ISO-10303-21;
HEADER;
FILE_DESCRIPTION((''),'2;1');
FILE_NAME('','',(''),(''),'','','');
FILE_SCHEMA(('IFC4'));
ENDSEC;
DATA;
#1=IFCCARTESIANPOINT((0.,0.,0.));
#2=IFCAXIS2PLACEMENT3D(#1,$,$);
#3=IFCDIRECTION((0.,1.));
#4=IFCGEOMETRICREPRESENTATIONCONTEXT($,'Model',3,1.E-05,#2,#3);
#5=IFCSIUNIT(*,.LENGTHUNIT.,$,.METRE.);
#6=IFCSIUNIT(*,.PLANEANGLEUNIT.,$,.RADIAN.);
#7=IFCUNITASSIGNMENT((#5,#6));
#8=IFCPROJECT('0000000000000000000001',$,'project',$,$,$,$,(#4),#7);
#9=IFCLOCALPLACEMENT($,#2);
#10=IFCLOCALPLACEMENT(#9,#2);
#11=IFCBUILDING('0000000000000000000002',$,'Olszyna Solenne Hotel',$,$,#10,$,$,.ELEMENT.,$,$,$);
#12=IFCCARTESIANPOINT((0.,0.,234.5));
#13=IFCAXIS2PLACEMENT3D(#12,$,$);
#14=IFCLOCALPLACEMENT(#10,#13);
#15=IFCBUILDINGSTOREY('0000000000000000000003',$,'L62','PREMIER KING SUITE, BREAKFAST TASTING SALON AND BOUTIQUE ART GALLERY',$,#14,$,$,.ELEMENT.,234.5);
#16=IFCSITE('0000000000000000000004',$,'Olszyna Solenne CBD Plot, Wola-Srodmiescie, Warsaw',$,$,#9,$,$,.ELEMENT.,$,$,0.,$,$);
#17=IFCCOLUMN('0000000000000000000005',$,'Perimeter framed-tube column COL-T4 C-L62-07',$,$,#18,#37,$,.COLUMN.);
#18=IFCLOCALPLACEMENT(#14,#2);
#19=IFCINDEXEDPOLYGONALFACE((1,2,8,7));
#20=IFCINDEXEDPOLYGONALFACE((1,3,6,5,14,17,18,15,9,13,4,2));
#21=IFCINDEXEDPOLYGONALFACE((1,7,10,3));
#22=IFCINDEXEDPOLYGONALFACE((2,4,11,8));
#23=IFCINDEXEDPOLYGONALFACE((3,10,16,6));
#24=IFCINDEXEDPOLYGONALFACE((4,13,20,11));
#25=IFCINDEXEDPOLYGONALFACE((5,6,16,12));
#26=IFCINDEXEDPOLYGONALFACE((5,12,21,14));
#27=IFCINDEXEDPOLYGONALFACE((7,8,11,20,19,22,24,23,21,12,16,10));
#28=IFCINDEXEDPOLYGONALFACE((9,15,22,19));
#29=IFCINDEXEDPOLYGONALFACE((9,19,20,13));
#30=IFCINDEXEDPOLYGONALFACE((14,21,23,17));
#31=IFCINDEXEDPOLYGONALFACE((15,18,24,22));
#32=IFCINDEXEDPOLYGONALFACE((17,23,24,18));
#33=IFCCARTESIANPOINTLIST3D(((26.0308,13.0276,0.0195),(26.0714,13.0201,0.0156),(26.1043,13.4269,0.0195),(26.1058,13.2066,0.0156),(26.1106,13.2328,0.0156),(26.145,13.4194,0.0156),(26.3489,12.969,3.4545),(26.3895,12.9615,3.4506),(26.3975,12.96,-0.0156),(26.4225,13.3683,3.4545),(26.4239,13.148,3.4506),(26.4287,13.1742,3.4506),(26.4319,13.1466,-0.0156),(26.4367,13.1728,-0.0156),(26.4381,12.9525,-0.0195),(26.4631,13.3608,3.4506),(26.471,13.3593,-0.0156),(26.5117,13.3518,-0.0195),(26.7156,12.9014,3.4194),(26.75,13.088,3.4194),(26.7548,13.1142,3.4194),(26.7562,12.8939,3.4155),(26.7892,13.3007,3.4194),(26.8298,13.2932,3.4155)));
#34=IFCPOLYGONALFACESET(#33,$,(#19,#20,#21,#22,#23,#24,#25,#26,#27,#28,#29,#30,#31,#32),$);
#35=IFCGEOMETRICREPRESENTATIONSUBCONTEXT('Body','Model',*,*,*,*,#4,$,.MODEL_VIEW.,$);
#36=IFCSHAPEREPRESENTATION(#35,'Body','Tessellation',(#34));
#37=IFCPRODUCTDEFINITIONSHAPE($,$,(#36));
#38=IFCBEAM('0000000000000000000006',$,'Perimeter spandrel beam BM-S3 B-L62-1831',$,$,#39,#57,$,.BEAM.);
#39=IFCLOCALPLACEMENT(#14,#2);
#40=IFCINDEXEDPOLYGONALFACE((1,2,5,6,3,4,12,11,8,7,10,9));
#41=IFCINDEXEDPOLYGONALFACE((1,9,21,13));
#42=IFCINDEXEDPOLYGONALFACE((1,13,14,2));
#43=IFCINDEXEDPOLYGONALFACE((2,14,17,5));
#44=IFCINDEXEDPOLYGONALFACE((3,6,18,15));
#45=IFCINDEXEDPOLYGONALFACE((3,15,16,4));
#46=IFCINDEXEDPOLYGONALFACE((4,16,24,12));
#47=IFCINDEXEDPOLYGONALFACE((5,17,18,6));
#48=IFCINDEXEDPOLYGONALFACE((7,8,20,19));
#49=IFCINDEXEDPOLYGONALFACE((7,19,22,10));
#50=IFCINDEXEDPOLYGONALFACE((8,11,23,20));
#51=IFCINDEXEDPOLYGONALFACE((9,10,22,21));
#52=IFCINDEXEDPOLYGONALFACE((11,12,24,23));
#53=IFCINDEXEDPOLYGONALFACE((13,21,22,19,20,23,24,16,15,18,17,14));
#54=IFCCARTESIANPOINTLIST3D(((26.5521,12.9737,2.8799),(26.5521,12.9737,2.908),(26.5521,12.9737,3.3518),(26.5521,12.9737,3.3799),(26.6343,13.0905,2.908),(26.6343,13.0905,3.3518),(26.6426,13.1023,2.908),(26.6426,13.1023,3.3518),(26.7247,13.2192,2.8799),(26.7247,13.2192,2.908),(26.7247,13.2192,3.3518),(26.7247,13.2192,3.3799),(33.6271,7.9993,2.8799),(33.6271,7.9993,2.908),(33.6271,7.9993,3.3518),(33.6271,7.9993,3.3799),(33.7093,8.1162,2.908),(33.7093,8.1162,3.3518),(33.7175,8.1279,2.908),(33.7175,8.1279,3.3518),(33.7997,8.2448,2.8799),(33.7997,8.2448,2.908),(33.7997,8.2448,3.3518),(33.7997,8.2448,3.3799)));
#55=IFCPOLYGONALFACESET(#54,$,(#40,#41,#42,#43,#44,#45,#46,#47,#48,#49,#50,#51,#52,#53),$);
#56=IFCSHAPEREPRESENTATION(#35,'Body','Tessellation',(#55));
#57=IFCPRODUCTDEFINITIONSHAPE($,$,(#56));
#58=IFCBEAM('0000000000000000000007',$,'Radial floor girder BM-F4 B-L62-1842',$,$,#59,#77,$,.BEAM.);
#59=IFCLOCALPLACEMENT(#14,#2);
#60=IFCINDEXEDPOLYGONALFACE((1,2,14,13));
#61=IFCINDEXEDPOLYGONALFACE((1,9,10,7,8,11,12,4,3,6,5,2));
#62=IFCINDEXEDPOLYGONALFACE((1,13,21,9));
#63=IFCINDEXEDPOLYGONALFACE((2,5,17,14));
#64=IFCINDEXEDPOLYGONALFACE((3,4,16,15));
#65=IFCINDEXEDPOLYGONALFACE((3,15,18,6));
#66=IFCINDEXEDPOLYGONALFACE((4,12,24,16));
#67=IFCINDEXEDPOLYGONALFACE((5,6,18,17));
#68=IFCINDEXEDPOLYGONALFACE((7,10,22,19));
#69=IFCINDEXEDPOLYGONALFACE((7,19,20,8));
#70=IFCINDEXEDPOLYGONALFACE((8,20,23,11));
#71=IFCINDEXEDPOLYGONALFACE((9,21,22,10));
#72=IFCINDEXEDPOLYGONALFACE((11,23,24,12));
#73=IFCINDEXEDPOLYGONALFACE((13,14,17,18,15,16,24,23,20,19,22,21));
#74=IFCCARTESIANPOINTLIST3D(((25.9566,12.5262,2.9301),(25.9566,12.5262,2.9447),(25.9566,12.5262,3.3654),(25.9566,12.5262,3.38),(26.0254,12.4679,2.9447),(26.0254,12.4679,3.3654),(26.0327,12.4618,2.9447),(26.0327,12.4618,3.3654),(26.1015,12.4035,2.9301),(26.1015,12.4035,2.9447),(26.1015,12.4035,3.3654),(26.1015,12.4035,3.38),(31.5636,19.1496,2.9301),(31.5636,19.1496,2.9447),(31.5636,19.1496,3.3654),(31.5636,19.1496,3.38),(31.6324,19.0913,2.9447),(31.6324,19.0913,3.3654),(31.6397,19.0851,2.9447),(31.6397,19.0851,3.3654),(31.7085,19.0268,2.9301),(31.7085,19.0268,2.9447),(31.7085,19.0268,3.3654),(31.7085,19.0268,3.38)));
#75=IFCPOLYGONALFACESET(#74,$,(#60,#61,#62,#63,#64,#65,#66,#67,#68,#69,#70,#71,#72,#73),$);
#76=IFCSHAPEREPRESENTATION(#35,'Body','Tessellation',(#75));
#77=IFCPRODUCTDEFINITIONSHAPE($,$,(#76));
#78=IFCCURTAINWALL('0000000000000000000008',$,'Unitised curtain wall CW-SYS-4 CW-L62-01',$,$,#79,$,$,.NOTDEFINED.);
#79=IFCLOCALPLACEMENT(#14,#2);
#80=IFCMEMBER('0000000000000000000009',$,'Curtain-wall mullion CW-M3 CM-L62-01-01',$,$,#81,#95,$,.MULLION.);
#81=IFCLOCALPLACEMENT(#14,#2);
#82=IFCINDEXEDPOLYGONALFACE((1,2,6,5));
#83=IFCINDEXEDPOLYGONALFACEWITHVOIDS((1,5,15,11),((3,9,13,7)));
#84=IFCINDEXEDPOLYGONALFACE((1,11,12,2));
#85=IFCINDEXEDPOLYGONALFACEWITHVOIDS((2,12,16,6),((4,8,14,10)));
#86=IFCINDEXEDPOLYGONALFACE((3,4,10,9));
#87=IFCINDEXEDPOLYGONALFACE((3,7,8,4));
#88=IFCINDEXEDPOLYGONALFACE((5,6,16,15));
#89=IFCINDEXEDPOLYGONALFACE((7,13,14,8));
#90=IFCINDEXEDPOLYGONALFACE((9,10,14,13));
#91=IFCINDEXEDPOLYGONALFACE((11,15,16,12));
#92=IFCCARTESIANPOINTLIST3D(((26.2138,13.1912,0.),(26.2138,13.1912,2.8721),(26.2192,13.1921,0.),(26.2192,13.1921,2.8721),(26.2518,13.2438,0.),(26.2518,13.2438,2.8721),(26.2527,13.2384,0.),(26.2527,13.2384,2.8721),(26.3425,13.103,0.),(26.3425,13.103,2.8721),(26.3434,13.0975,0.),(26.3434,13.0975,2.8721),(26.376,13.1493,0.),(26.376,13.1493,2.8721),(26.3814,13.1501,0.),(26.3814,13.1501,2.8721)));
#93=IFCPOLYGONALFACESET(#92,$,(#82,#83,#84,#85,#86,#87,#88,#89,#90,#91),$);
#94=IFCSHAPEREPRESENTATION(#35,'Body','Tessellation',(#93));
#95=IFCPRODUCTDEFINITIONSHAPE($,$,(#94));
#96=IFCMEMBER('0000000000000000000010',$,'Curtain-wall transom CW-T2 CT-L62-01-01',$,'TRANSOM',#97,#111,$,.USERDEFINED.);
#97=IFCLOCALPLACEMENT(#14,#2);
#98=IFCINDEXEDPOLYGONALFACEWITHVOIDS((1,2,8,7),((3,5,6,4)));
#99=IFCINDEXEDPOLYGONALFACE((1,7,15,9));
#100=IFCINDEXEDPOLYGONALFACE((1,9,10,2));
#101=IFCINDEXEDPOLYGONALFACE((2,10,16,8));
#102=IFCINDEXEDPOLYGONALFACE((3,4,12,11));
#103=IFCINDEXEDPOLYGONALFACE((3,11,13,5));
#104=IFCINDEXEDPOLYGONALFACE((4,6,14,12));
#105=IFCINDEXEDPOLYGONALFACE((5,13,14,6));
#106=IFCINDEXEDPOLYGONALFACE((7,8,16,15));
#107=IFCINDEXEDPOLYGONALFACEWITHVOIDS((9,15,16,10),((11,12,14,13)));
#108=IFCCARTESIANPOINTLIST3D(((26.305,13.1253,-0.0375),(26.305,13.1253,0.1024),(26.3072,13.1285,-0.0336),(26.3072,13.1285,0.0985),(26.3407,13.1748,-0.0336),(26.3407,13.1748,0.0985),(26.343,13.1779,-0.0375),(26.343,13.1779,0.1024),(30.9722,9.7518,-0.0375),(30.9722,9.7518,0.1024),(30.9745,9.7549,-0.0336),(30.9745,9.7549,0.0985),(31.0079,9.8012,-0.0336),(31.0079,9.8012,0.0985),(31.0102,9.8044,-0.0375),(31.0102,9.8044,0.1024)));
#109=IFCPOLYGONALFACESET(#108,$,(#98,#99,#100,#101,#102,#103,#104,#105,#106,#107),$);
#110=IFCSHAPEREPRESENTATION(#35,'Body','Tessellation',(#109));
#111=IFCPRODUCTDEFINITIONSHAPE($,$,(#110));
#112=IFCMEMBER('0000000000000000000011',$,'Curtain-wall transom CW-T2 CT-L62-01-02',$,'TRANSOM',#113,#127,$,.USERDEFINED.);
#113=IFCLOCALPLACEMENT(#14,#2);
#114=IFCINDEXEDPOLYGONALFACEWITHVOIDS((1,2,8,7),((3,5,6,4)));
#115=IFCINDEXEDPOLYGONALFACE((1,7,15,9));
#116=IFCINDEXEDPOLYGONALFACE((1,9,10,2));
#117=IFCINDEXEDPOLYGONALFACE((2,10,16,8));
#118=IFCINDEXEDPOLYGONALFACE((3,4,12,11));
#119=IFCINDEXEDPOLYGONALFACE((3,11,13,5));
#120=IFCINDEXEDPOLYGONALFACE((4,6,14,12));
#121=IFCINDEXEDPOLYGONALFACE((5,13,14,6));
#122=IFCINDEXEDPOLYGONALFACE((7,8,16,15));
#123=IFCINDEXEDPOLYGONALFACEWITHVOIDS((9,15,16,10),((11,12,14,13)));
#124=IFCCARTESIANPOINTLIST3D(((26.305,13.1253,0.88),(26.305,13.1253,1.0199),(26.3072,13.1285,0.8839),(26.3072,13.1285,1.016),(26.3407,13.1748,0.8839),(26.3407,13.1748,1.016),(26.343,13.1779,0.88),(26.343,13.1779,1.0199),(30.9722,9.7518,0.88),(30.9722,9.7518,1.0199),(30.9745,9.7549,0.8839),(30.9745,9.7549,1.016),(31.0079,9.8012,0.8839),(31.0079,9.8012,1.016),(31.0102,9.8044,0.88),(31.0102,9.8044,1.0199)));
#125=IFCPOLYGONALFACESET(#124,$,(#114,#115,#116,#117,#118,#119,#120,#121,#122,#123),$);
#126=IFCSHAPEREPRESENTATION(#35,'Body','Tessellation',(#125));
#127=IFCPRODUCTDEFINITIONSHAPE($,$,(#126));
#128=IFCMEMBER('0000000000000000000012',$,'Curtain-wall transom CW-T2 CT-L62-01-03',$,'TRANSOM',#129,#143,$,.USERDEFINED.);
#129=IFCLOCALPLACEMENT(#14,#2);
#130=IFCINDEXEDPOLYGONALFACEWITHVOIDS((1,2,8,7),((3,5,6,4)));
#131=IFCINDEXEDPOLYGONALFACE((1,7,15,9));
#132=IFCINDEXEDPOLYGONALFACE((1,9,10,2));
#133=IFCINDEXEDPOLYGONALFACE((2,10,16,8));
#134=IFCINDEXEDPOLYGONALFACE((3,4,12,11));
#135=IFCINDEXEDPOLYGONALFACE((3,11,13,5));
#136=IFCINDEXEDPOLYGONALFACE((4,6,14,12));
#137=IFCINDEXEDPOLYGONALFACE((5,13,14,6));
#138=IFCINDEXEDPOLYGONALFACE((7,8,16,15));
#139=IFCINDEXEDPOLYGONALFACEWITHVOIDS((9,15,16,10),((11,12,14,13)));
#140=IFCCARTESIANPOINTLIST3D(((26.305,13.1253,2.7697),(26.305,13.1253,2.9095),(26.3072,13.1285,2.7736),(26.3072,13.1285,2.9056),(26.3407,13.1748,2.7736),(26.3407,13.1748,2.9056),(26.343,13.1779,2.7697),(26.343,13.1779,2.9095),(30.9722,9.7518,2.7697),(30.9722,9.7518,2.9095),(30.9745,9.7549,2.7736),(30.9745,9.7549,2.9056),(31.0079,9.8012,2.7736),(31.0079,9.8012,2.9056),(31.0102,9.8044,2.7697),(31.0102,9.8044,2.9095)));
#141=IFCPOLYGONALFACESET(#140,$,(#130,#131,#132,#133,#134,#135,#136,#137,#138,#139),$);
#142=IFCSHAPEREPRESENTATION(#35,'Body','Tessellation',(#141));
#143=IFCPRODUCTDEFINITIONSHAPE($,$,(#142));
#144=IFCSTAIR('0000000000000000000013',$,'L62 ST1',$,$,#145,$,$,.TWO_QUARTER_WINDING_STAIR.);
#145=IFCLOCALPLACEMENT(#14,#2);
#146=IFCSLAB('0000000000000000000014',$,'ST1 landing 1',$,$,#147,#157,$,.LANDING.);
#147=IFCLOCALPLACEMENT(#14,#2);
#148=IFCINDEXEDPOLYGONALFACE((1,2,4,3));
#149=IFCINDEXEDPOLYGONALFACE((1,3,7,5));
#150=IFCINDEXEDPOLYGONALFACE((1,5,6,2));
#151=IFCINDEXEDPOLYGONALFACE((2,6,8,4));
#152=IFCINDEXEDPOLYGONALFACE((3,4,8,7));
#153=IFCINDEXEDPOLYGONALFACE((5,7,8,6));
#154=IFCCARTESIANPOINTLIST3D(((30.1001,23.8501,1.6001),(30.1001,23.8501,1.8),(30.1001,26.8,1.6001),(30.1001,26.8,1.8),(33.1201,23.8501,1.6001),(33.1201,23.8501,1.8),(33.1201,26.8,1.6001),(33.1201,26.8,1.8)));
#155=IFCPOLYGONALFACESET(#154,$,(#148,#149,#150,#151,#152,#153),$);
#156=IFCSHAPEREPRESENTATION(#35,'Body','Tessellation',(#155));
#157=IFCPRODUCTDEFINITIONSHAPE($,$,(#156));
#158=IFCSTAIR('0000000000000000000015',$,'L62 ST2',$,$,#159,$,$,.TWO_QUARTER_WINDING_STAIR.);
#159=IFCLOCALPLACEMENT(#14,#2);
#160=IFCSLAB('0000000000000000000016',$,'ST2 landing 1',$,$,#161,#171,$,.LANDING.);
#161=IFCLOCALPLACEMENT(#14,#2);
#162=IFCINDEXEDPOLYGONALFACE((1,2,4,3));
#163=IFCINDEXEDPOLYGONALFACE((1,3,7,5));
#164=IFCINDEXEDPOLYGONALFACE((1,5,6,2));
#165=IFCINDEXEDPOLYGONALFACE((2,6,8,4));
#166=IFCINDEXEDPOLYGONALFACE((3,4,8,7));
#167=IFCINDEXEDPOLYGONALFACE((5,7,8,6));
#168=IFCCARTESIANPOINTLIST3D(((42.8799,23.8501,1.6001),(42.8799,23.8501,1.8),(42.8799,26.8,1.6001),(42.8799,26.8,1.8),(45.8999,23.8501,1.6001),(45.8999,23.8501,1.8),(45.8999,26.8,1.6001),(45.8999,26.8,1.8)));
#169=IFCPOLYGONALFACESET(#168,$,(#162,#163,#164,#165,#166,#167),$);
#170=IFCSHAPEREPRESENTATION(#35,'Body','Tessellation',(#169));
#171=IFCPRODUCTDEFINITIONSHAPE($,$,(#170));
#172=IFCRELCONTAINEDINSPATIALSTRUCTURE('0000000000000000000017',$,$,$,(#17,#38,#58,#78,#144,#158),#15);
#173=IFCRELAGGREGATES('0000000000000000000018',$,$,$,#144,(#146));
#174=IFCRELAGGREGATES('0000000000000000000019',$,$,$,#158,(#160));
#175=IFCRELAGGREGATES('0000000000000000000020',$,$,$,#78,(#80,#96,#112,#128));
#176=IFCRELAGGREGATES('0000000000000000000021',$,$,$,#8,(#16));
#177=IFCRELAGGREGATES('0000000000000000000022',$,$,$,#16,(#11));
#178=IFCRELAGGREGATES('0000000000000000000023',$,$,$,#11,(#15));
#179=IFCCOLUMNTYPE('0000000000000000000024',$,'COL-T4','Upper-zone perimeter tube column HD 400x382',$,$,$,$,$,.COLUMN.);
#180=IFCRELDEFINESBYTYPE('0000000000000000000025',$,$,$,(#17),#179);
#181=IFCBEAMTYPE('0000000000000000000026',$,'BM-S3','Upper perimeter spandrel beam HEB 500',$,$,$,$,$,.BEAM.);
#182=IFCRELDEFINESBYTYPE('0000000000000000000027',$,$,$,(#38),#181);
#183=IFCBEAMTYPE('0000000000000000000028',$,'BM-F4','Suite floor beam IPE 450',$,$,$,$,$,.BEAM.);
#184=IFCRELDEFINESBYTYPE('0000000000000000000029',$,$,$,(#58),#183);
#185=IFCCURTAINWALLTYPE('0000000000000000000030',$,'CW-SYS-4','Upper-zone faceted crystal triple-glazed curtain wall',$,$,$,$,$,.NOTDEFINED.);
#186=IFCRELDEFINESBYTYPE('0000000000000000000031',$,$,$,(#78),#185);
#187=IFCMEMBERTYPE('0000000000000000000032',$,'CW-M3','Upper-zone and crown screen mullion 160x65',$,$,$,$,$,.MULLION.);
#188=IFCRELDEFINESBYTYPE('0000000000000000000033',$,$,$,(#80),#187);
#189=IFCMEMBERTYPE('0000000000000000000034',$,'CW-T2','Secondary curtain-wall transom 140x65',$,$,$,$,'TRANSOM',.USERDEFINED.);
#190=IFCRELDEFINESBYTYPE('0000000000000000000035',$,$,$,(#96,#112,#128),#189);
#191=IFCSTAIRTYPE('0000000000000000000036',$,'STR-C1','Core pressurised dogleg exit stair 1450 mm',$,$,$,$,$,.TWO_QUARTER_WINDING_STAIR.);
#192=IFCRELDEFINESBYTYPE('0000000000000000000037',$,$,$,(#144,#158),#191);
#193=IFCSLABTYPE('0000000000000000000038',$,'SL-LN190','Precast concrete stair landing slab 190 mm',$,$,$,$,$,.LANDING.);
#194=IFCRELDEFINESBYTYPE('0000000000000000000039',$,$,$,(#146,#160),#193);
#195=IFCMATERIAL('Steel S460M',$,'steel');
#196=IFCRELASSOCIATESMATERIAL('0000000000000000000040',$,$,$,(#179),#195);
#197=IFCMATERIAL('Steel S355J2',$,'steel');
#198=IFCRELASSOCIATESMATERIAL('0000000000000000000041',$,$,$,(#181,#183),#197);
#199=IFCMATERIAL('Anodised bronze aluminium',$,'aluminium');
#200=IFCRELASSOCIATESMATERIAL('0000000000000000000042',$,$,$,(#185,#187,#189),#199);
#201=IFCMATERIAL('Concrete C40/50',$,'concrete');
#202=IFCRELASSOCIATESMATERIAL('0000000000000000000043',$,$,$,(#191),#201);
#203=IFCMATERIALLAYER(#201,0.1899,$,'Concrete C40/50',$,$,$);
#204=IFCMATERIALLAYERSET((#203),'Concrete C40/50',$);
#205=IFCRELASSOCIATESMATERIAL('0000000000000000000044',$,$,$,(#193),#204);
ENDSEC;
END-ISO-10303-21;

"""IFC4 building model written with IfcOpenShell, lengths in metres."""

from ifc_helpers import new_model, si_unit, direction, frame, origin, origin_2d, place, context, subcontext, project, spatial, polyline, hollow_rectangle, i_section, outline, extrude, source, transform, mapped, material, layer, layer_set, material_profile, profile_set, type_object, element, aggregate, save


model = new_model("IFC4")

# Units and contexts
model_context = context("Model", 3, precision=1e-05, world=origin(), true_north=direction((0.0, 1.0)))
body_context = subcontext(model_context, "Body", "Model", "MODEL_VIEW")
ifc_project = project(units=[si_unit("LENGTHUNIT", "METRE"), si_unit("PLANEANGLEUNIT", "RADIAN")], contexts=[model_context])

# Site, building, storey
site_placement = place(None, origin())
site = spatial("IfcSite", under=ifc_project, at=site_placement, Name="Olszyna Solenne CBD Plot, Wola-Srodmiescie, Warsaw", CompositionType="ELEMENT", RefElevation=0.0)
building_placement = place(site_placement, origin())
building = spatial("IfcBuilding", under=site, at=building_placement, Name="Olszyna Solenne Hotel", CompositionType="ELEMENT")
storey_placement = place(building_placement, frame((0.0, 0.0, 234.5)))
storey = spatial("IfcBuildingStorey", under=building, at=storey_placement, Name="L62", Description="PREMIER KING SUITE, BREAKFAST TASTING SALON AND BOUTIQUE ART GALLERY", CompositionType="ELEMENT", Elevation=234.5)

# Column
ifc_material_1 = material(Name="Steel S460M", Category="steel")
ifc_material_profile_1 = material_profile(ifc_material_1, i_section(OverallWidth=0.406, OverallDepth=0.416, WebThickness=0.0266, FlangeThickness=0.0415, at=origin_2d()), Name="HD 400x382", Category="load-bearing")
ifc_profile_set_1 = profile_set([ifc_material_profile_1], Name="Steel S460M")
column_type = type_object("IfcColumnType", Name="COL-T4", Description="Upper-zone perimeter tube column HD 400x382", PredefinedType="COLUMN", material=ifc_profile_set_1)
shared_shape_1 = source(origin(), body_context, "Body", "SweptSolid", [
    extrude(i_section(OverallWidth=0.406, OverallDepth=0.416, WebThickness=0.0266, FlangeThickness=0.0415, at=origin_2d()), origin(), (0.0, 0.0, 1.0), 3.4502),
])
column_placement = place(storey_placement, frame((26.2712, 13.1897, 0.0), z_axis=(0.092201, -0.016982, 0.995596), x_axis=(0.181143, 0.983457, 0.0)))
element("IfcColumn", 1, at=column_placement, inside=storey, type_object=column_type, Name="Perimeter framed-tube column COL-T4 C-L62-07", PredefinedType="COLUMN", context=body_context, shape_type="MappedRepresentation", body=[
    mapped(shared_shape_1, transform((0.0, 0.0, 0.0), x_axis=(1.0, 0.0, 0.0), y_axis=(0.0, 1.0, 0.0), z_axis=(0.0, 0.0, 1.0), scale=1.0)),
])

# Beams
ifc_material_2 = material(Name="Steel S355J2", Category="steel")
ifc_material_profile_2 = material_profile(ifc_material_2, i_section(OverallWidth=0.3, OverallDepth=0.5, WebThickness=0.0144, FlangeThickness=0.0281, at=origin_2d()), Name="HEB 500", Category="load-bearing")
ifc_profile_set_2 = profile_set([ifc_material_profile_2], Name="Steel S355J2")
beam_type_1 = type_object("IfcBeamType", Name="BM-S3", Description="Upper perimeter spandrel beam HEB 500", PredefinedType="BEAM", material=ifc_profile_set_2)
shared_shape_2 = source(origin(), body_context, "Body", "SweptSolid", [
    extrude(i_section(OverallWidth=0.3, OverallDepth=0.5, WebThickness=0.0144, FlangeThickness=0.0281, at=origin_2d()), origin(), (0.0, 0.0, 1.0), 8.6487),
])
beam_1_placement = place(storey_placement, frame((26.6384, 13.0964, 3.1299), z_axis=(0.818041, -0.575161, 0.0), x_axis=(0.575161, 0.818041, 0.0)))
element("IfcBeam", 2, at=beam_1_placement, inside=storey, type_object=beam_type_1, Name="Perimeter spandrel beam BM-S3 B-L62-1831", PredefinedType="BEAM", context=body_context, shape_type="MappedRepresentation", body=[
    mapped(shared_shape_2, transform((0.0, 0.0, 0.0), x_axis=(1.0, 0.0, 0.0), y_axis=(0.0, 1.0, 0.0), z_axis=(0.0, 0.0, 1.0), scale=1.0)),
])
ifc_material_profile_3 = material_profile(ifc_material_2, i_section(OverallWidth=0.1899, OverallDepth=0.45, WebThickness=0.0095, FlangeThickness=0.0146, at=origin_2d()), Name="IPE 450", Category="load-bearing")
ifc_profile_set_3 = profile_set([ifc_material_profile_3], Name="Steel S355J2")
beam_type_2 = type_object("IfcBeamType", Name="BM-F4", Description="Suite floor beam IPE 450", PredefinedType="BEAM", material=ifc_profile_set_3)
shared_shape_3 = source(origin(), body_context, "Body", "SweptSolid", [
    extrude(i_section(OverallWidth=0.1899, OverallDepth=0.45, WebThickness=0.0095, FlangeThickness=0.0146, at=origin_2d()), origin(), (0.0, 0.0, 1.0), 8.678),
])
beam_2_placement = place(storey_placement, frame((26.0291, 12.4648, 3.155), z_axis=(0.646118, 0.763238, 0.0), x_axis=(-0.763238, 0.646118, 0.0)))
element("IfcBeam", 3, at=beam_2_placement, inside=storey, type_object=beam_type_2, Name="Radial floor girder BM-F4 B-L62-1842", PredefinedType="BEAM", context=body_context, shape_type="MappedRepresentation", body=[
    mapped(shared_shape_3, transform((0.0, 0.0, 0.0), x_axis=(1.0, 0.0, 0.0), y_axis=(0.0, 1.0, 0.0), z_axis=(0.0, 0.0, 1.0), scale=1.0)),
])

# Curtain wall, members
ifc_material_3 = material(Name="Anodised bronze aluminium", Category="aluminium")
curtain_wall_type = type_object("IfcCurtainWallType", Name="CW-SYS-4", Description="Upper-zone faceted crystal triple-glazed curtain wall", PredefinedType="NOTDEFINED", material=ifc_material_3)
curtain_wall_placement = place(storey_placement, origin())
curtain_wall = element("IfcCurtainWall", 4, at=curtain_wall_placement, inside=storey, type_object=curtain_wall_type, Name="Unitised curtain wall CW-SYS-4 CW-L62-01", PredefinedType="NOTDEFINED")
ifc_material_profile_4 = material_profile(ifc_material_3, hollow_rectangle(XDim=0.0649, YDim=0.1599, WallThickness=0.0039, at=origin_2d()), Name="MULL 160x65x4", Category="load-bearing")
ifc_profile_set_4 = profile_set([ifc_material_profile_4], Name="Anodised bronze aluminium")
member_type_1 = type_object("IfcMemberType", Name="CW-M3", Description="Upper-zone and crown screen mullion 160x65", PredefinedType="MULLION", material=ifc_profile_set_4)
shared_shape_4 = source(origin(), body_context, "Body", "SweptSolid", [
    extrude(hollow_rectangle(XDim=0.0649, YDim=0.1599, WallThickness=0.0039, at=origin_2d()), origin(), (0.0, 0.0, 1.0), 2.8721),
])
member_1_placement = place(storey_placement, frame((26.2976, 13.1707, 0.0), z_axis=(0.0, 0.0, 1.0), x_axis=(0.585789, 0.810463, 0.0)))
member_1 = element("IfcMember", 5, at=member_1_placement, type_object=member_type_1, Name="Curtain-wall mullion CW-M3 CM-L62-01-01", PredefinedType="MULLION", context=body_context, shape_type="MappedRepresentation", body=[
    mapped(shared_shape_4, transform((0.0, 0.0, 0.0), x_axis=(1.0, 0.0, 0.0), y_axis=(0.0, 1.0, 0.0), z_axis=(0.0, 0.0, 1.0), scale=1.0)),
])
ifc_material_profile_5 = material_profile(ifc_material_3, hollow_rectangle(XDim=0.0649, YDim=0.1399, WallThickness=0.0039, at=origin_2d()), Name="TRAN 140x65x4", Category="load-bearing")
ifc_profile_set_5 = profile_set([ifc_material_profile_5], Name="Anodised bronze aluminium")
member_type_2 = type_object("IfcMemberType", Name="CW-T2", Description="Secondary curtain-wall transom 140x65", ElementType="TRANSOM", PredefinedType="USERDEFINED", material=ifc_profile_set_5)
shared_shape_5 = source(origin(), body_context, "Body", "SweptSolid", [
    extrude(hollow_rectangle(XDim=0.0649, YDim=0.1399, WallThickness=0.0039, at=origin_2d()), origin(), (0.0, 0.0, 1.0), 5.7588),
])
member_2_placement = place(storey_placement, frame((26.324, 13.1516, 0.0325), z_axis=(0.810452, -0.585805, 0.0), x_axis=(0.585805, 0.810452, 0.0)))
member_2 = element("IfcMember", 6, at=member_2_placement, type_object=member_type_2, Name="Curtain-wall transom CW-T2 CT-L62-01-01", ObjectType="TRANSOM", PredefinedType="USERDEFINED", context=body_context, shape_type="MappedRepresentation", body=[
    mapped(shared_shape_5, transform((0.0, 0.0, 0.0), x_axis=(1.0, 0.0, 0.0), y_axis=(0.0, 1.0, 0.0), z_axis=(0.0, 0.0, 1.0), scale=1.0)),
])
member_3_placement = place(storey_placement, frame((26.324, 13.1516, 0.95), z_axis=(0.810452, -0.585805, 0.0), x_axis=(0.585805, 0.810452, 0.0)))
member_3 = element("IfcMember", 7, at=member_3_placement, type_object=member_type_2, Name="Curtain-wall transom CW-T2 CT-L62-01-02", ObjectType="TRANSOM", PredefinedType="USERDEFINED", context=body_context, shape_type="MappedRepresentation", body=[
    mapped(shared_shape_5, transform((0.0, 0.0, 0.0), x_axis=(1.0, 0.0, 0.0), y_axis=(0.0, 1.0, 0.0), z_axis=(0.0, 0.0, 1.0), scale=1.0)),
])
member_4_placement = place(storey_placement, frame((26.324, 13.1516, 2.8396), z_axis=(0.810452, -0.585805, 0.0), x_axis=(0.585805, 0.810452, 0.0)))
member_4 = element("IfcMember", 8, at=member_4_placement, type_object=member_type_2, Name="Curtain-wall transom CW-T2 CT-L62-01-03", ObjectType="TRANSOM", PredefinedType="USERDEFINED", context=body_context, shape_type="MappedRepresentation", body=[
    mapped(shared_shape_5, transform((0.0, 0.0, 0.0), x_axis=(1.0, 0.0, 0.0), y_axis=(0.0, 1.0, 0.0), z_axis=(0.0, 0.0, 1.0), scale=1.0)),
])

# Stairs, slabs
ifc_material_4 = material(Name="Concrete C40/50", Category="concrete")
stair_type = type_object("IfcStairType", Name="STR-C1", Description="Core pressurised dogleg exit stair 1450 mm", PredefinedType="TWO_QUARTER_WINDING_STAIR", material=ifc_material_4)
stair_1_placement = place(storey_placement, origin())
stair_1 = element("IfcStair", 9, at=stair_1_placement, inside=storey, type_object=stair_type, Name="L62 ST1", PredefinedType="TWO_QUARTER_WINDING_STAIR")
ifc_layer_1 = layer(ifc_material_4, 0.1899, Name="Concrete C40/50")
ifc_layer_set_1 = layer_set([ifc_layer_1], Name="Concrete C40/50")
slab_type_1 = type_object("IfcSlabType", Name="SL-LN190", Description="Precast concrete stair landing slab 190 mm", PredefinedType="LANDING", material=ifc_layer_set_1)
slab_1_placement = place(storey_placement, frame((0.0, 0.0, 1.6001)))
slab_1 = element("IfcSlab", 10, at=slab_1_placement, type_object=slab_type_1, Name="ST1 landing 1", PredefinedType="LANDING", context=body_context, shape_type="SweptSolid", body=[
    extrude(outline(polyline([(33.1201, 23.8501), (33.1201, 26.8), (30.1001, 26.8), (30.1001, 23.8501), (33.1201, 23.8501)])), origin(), (0.0, 0.0, 1.0), 0.2),
])
aggregate(stair_1, [slab_1])
stair_2_placement = place(storey_placement, origin())
stair_2 = element("IfcStair", 11, at=stair_2_placement, inside=storey, type_object=stair_type, Name="L62 ST2", PredefinedType="TWO_QUARTER_WINDING_STAIR")
slab_2_placement = place(storey_placement, frame((0.0, 0.0, 1.6001)))
slab_2 = element("IfcSlab", 12, at=slab_2_placement, type_object=slab_type_1, Name="ST2 landing 1", PredefinedType="LANDING", context=body_context, shape_type="SweptSolid", body=[
    extrude(outline(polyline([(45.8999, 23.8501), (45.8999, 26.8), (42.8799, 26.8), (42.8799, 23.8501), (45.8999, 23.8501)])), origin(), (0.0, 0.0, 1.0), 0.2),
])
aggregate(stair_2, [slab_2])

aggregate(curtain_wall, [member_1, member_2, member_3, member_4])

save(model, "model.ifc")
